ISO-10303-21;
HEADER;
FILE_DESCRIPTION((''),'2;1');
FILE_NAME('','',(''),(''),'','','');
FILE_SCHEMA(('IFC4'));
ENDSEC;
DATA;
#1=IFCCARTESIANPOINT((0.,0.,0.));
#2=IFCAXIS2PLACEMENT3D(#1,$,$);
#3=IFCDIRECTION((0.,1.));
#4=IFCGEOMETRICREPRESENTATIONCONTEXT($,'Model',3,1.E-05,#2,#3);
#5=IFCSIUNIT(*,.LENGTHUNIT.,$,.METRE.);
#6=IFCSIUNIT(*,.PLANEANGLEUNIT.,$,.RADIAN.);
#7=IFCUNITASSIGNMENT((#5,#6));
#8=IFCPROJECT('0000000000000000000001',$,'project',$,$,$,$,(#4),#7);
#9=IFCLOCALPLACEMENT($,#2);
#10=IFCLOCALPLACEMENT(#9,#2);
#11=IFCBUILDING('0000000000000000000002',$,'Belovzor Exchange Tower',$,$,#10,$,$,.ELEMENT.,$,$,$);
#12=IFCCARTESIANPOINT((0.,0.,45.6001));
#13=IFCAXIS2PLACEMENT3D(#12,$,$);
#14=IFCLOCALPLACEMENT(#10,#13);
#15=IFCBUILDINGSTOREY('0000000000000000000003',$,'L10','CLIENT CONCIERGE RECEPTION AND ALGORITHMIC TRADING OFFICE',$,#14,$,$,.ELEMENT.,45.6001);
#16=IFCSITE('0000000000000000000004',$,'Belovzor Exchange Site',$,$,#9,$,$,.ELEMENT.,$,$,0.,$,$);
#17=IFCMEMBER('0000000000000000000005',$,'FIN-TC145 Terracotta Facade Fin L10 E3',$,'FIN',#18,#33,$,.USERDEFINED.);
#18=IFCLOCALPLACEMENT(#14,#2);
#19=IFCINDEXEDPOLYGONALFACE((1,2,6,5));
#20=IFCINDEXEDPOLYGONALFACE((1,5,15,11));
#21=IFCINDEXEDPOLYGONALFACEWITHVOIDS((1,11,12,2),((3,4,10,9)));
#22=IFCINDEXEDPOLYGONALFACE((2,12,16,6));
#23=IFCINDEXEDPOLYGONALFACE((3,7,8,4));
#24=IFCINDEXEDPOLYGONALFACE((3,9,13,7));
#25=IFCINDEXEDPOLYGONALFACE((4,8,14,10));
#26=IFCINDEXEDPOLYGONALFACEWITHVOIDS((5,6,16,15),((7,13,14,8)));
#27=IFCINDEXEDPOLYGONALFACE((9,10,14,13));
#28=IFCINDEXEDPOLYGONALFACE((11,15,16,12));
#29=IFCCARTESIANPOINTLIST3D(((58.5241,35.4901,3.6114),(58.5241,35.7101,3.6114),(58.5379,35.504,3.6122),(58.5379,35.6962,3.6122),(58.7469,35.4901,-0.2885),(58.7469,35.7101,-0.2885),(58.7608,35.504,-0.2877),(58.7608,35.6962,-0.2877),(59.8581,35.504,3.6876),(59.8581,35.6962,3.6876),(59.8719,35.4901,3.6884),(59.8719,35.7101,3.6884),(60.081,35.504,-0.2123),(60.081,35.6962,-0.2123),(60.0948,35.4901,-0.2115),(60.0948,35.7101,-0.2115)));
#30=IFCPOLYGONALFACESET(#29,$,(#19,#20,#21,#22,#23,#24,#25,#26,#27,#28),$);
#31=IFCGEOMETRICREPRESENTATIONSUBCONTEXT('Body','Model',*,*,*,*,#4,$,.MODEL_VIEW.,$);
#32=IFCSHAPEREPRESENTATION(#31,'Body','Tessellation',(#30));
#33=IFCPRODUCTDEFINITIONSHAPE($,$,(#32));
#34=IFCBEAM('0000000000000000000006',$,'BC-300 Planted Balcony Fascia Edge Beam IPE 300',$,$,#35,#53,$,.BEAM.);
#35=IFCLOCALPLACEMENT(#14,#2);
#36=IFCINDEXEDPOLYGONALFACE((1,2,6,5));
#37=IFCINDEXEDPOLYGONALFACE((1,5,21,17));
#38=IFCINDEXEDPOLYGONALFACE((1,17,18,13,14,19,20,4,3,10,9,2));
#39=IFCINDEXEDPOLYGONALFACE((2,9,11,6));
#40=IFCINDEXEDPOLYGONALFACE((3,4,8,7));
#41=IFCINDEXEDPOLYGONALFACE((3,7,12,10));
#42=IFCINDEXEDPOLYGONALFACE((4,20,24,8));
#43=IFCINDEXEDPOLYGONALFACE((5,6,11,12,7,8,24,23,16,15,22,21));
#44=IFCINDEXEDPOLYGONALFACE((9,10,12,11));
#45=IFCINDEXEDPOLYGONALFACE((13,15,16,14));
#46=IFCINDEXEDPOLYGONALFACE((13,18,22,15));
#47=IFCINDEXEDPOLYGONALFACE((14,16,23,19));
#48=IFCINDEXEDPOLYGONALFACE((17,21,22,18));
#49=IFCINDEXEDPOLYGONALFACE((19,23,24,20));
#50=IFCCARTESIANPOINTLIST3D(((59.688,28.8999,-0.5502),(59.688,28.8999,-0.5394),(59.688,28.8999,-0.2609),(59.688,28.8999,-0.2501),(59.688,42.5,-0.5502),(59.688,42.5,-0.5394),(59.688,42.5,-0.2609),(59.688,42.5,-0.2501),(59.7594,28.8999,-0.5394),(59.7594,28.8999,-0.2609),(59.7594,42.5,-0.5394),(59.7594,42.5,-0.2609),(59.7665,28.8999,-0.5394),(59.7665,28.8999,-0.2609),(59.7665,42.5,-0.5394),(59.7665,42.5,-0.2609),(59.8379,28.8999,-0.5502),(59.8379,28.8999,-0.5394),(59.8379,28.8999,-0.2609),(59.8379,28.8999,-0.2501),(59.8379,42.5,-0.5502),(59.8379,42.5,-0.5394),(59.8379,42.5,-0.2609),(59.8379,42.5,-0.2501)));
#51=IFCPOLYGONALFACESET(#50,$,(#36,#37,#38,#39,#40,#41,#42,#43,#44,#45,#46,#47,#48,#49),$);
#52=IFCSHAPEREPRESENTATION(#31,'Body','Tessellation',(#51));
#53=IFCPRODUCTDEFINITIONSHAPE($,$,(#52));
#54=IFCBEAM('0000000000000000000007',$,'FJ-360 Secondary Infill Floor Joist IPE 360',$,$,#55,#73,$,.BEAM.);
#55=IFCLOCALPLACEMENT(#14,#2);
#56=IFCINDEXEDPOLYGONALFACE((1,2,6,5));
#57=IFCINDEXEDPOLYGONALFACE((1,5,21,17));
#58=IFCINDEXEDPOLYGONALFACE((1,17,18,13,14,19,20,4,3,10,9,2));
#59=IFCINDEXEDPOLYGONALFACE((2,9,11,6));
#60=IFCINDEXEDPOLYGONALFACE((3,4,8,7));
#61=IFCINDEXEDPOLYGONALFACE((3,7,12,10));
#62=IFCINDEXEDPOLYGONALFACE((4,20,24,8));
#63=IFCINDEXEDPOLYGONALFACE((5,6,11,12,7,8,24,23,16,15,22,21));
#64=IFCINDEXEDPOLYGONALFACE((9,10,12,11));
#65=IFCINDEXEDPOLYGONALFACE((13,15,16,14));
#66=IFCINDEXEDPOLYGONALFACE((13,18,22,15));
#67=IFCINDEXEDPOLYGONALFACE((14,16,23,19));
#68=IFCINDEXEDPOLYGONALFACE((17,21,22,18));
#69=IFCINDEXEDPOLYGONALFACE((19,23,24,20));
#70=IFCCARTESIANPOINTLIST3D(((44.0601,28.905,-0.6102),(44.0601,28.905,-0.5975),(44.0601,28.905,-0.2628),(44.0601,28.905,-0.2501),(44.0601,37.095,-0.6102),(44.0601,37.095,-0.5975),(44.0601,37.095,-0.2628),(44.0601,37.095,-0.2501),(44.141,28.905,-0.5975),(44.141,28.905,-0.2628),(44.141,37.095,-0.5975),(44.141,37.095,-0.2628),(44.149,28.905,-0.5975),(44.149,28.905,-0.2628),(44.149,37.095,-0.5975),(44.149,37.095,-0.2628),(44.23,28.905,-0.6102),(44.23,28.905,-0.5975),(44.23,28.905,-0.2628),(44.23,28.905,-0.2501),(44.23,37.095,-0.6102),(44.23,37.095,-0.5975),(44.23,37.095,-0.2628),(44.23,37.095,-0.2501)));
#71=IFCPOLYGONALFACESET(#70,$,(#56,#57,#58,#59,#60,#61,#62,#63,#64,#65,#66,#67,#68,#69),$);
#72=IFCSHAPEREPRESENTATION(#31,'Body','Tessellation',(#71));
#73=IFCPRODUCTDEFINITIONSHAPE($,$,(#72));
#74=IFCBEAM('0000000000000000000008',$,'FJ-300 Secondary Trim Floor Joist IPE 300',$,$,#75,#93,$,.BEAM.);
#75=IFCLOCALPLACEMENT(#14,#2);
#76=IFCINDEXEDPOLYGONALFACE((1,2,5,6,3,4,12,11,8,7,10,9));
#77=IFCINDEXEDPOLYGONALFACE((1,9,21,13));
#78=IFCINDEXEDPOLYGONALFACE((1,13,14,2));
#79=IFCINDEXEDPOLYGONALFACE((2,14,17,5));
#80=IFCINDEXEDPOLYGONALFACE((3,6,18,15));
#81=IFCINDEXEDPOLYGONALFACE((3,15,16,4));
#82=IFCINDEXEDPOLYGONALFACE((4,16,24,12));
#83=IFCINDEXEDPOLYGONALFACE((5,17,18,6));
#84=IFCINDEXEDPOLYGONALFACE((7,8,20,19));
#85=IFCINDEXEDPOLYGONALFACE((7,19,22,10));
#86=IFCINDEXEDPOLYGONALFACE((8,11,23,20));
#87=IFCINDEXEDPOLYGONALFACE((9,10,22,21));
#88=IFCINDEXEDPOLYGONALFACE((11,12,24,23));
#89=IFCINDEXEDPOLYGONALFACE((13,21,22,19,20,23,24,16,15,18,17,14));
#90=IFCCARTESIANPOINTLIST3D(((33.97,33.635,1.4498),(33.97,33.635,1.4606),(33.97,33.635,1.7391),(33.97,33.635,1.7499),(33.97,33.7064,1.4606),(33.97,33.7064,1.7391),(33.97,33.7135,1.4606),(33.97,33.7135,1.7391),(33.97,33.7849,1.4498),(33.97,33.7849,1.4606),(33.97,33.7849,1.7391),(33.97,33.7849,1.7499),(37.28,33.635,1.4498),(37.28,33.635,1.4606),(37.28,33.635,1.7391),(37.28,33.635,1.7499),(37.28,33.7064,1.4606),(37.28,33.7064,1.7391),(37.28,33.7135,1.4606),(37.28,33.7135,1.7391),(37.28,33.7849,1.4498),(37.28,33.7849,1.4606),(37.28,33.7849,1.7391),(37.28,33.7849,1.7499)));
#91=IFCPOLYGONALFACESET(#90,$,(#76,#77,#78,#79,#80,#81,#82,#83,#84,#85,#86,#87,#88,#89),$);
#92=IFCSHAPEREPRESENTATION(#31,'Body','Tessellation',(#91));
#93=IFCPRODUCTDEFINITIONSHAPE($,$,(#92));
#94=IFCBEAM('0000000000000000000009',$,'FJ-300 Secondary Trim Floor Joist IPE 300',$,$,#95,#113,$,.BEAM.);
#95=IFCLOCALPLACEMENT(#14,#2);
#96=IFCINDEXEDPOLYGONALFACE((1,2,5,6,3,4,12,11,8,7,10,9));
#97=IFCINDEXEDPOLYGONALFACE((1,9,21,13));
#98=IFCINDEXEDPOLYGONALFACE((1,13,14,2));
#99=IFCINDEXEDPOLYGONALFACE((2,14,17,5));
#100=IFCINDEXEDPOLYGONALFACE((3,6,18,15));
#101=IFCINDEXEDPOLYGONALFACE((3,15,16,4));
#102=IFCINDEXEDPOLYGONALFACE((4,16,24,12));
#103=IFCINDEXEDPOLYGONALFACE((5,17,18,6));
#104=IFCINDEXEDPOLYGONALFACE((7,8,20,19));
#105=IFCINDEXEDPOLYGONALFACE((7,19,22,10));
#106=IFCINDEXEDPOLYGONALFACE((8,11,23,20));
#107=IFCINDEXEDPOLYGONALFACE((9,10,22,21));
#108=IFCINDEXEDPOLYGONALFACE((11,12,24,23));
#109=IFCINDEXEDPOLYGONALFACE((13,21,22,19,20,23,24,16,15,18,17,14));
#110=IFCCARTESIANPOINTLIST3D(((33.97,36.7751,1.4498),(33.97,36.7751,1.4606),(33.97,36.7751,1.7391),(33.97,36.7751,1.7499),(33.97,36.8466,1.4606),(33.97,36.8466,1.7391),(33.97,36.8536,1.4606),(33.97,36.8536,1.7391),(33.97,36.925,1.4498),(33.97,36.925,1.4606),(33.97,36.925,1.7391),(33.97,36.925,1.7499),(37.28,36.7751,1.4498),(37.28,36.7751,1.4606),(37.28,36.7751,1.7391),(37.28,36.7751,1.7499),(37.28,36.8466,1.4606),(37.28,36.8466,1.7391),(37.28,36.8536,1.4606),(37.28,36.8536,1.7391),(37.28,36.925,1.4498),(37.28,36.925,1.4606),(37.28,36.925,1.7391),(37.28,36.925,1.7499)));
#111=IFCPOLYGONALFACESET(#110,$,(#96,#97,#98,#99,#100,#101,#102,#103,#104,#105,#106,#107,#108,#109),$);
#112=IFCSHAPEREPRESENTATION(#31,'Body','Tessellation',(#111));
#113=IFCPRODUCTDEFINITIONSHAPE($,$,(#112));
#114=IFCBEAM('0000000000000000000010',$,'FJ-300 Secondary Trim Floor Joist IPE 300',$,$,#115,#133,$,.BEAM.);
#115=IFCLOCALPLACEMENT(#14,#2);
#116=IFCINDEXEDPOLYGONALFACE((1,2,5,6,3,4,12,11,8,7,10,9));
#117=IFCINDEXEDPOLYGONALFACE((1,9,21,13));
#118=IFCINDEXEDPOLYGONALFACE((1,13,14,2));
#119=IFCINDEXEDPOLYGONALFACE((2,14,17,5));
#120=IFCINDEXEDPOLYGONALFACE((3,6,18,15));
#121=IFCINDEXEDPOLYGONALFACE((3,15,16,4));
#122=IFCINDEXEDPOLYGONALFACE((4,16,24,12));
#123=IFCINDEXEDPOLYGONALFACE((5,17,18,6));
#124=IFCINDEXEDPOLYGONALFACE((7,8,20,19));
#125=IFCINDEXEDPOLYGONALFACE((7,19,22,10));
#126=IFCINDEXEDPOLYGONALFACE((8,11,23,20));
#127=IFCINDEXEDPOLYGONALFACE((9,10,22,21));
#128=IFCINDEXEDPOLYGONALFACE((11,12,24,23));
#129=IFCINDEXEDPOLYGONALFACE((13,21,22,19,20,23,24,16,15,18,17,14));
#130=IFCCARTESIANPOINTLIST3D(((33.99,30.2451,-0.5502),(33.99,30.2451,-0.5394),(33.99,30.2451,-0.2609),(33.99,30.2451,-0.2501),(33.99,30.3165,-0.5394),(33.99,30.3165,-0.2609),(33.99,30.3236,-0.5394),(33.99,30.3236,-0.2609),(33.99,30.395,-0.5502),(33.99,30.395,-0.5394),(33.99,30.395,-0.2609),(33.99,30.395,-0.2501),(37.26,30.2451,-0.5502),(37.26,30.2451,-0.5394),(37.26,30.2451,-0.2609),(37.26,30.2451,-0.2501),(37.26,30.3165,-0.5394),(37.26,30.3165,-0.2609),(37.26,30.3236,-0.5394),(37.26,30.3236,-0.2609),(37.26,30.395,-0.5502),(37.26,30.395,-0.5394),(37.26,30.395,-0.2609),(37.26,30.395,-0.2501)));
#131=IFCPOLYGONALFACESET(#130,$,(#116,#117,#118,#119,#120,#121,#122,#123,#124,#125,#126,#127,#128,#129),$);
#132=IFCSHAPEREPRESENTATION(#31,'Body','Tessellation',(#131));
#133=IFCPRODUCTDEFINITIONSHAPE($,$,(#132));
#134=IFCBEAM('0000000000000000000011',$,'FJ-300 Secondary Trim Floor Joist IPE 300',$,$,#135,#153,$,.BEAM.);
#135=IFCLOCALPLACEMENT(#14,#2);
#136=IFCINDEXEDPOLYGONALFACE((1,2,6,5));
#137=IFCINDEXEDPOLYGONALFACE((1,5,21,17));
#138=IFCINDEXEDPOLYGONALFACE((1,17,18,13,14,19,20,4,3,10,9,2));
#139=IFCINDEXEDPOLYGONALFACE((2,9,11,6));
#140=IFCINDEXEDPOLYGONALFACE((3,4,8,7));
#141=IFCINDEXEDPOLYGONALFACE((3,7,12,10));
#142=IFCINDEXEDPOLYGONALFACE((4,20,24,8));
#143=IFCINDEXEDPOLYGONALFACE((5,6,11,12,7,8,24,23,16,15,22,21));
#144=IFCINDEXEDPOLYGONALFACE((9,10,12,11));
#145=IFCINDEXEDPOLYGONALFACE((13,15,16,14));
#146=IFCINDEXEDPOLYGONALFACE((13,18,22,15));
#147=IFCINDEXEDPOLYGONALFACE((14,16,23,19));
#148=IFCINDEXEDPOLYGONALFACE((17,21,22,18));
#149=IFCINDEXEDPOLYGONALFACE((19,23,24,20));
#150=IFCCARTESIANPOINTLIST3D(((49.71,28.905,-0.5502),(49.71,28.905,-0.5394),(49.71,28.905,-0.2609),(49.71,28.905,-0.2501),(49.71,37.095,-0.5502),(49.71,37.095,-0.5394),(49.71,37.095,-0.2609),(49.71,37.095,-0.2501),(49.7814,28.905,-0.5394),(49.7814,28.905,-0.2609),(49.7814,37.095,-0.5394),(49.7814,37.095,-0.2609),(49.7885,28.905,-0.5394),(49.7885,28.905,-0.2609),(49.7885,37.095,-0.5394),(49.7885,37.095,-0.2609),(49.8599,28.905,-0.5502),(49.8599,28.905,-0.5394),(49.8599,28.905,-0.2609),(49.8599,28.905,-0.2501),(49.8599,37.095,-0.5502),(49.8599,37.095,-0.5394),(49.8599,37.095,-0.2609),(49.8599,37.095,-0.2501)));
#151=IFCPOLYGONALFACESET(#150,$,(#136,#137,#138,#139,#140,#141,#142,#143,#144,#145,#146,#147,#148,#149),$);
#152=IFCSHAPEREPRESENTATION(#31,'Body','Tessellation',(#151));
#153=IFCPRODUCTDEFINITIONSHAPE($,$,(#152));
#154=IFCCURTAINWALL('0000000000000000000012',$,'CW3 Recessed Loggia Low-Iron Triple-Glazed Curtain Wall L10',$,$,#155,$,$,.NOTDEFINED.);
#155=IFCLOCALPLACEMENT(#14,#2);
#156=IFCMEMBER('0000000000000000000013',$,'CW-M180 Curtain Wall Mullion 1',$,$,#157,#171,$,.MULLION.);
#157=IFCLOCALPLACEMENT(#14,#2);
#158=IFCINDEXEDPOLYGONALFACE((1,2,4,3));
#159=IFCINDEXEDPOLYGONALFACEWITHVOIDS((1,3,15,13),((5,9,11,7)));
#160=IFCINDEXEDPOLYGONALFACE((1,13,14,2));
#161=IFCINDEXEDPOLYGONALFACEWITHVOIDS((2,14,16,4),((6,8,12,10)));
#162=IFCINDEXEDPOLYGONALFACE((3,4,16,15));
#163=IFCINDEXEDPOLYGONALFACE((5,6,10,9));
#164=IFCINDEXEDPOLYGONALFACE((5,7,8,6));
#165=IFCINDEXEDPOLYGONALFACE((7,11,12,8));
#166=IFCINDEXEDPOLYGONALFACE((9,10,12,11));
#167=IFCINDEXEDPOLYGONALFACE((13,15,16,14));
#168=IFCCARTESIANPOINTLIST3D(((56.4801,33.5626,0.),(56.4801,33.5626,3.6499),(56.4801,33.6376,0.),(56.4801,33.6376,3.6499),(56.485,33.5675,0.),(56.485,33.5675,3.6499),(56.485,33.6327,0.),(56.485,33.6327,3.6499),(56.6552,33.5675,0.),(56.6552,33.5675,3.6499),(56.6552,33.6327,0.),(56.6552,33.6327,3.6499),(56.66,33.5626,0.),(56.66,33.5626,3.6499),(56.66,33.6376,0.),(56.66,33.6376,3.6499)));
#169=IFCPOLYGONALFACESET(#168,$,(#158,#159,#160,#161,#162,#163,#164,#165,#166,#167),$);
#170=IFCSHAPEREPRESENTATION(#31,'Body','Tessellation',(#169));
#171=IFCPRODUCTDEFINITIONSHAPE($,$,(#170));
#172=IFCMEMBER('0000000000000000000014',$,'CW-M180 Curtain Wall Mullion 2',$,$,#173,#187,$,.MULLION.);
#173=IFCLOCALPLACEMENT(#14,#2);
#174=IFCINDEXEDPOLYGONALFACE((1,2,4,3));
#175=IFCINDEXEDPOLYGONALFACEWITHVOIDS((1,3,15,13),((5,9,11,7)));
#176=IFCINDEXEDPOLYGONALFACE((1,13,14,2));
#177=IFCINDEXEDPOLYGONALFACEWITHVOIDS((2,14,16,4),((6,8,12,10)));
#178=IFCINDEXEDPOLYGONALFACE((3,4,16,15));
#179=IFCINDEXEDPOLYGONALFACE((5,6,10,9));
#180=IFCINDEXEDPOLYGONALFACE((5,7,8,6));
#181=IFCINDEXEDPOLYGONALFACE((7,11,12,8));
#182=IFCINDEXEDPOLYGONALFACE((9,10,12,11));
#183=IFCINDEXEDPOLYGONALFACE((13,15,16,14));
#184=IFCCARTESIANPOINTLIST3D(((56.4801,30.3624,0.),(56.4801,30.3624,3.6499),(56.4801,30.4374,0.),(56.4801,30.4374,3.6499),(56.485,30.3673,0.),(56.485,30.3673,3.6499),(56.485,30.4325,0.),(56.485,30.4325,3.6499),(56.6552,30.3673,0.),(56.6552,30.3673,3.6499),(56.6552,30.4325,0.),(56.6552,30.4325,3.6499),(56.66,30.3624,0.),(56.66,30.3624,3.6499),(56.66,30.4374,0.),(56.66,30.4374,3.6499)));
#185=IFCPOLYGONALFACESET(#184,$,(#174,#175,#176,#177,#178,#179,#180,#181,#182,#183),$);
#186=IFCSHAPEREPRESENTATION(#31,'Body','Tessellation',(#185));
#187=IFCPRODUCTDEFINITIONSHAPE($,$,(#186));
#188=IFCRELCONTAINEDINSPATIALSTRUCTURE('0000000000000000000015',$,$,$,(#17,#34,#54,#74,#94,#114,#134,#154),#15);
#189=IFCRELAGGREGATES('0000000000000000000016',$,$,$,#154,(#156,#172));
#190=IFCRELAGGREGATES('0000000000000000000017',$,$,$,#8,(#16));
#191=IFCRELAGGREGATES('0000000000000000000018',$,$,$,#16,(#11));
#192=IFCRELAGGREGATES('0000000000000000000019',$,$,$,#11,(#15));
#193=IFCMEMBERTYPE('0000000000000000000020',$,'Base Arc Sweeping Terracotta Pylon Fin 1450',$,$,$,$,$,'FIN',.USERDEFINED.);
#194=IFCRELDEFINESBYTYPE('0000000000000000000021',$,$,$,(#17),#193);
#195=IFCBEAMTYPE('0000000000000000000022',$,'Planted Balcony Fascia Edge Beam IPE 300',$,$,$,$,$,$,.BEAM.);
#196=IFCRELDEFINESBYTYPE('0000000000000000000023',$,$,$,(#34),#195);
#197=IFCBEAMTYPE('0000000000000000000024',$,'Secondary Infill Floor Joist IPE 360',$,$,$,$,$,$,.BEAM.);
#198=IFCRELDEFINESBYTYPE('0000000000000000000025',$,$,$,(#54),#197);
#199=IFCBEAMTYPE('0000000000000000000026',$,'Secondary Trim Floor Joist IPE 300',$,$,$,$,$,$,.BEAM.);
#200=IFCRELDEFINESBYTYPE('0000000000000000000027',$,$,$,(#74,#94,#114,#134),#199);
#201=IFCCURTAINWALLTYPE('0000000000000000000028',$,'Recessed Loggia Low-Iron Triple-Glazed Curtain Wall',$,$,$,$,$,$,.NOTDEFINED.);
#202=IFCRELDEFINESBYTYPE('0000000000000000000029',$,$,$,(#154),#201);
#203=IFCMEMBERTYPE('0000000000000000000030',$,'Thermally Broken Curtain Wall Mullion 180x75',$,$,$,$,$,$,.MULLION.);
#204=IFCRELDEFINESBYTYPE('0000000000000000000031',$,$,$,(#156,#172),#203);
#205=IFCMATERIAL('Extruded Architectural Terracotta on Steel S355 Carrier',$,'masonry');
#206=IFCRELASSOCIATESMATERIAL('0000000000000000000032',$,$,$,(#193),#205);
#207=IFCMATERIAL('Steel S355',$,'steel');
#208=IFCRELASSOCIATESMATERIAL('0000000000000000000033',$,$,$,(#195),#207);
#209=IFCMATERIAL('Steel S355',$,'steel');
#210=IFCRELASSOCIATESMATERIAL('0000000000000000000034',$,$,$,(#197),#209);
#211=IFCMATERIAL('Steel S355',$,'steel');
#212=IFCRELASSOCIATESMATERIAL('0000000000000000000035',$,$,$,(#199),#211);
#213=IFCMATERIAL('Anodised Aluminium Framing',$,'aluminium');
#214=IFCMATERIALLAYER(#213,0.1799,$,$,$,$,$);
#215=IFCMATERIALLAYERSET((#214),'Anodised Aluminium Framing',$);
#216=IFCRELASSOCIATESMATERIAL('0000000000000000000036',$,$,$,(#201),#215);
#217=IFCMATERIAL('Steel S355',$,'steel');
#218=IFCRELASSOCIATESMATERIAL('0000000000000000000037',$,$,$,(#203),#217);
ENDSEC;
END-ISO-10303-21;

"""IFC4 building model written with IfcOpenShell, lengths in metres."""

from ifc_helpers import new_model, si_unit, direction, frame, origin, origin_2d, place, context, subcontext, project, spatial, hollow_rectangle, i_section, extrude, material, layer, layer_set, material_profile, profile_set, type_object, element, aggregate, save


model = new_model("IFC4")

# Units and contexts
model_context = context("Model", 3, precision=1e-05, world=origin(), true_north=direction((0.0, 1.0)))
body_context = subcontext(model_context, "Body", "Model", "MODEL_VIEW")
ifc_project = project(units=[si_unit("LENGTHUNIT", "METRE"), si_unit("PLANEANGLEUNIT", "RADIAN")], contexts=[model_context])

# Site, building, storey
site_placement = place(None, origin())
site = spatial("IfcSite", under=ifc_project, at=site_placement, Name="Belovzor Exchange Site", CompositionType="ELEMENT", RefElevation=0.0)
building_placement = place(site_placement, origin())
building = spatial("IfcBuilding", under=site, at=building_placement, Name="Belovzor Exchange Tower", CompositionType="ELEMENT")
storey_placement = place(building_placement, frame((0.0, 0.0, 45.6001)))
storey = spatial("IfcBuildingStorey", under=building, at=storey_placement, Name="L10", Description="CLIENT CONCIERGE RECEPTION AND ALGORITHMIC TRADING OFFICE", CompositionType="ELEMENT", Elevation=45.6001)

# Member
ifc_material_1 = material(Name="Extruded Architectural Terracotta on Steel S355 Carrier", Category="masonry")
ifc_material_profile_1 = material_profile(ifc_material_1, hollow_rectangle(XDim=0.22, YDim=1.3501, WallThickness=0.0139, at=origin_2d()))
ifc_profile_set_1 = profile_set([ifc_material_profile_1], Name="Extruded Architectural Terracotta on Steel S355 Carrier")
member_type_1 = type_object("IfcMemberType", Name="Base Arc Sweeping Terracotta Pylon Fin 1450", ElementType="FIN", PredefinedType="USERDEFINED", material=ifc_profile_set_1)
member_1_placement = place(storey_placement, frame((59.4209, 35.6001, -0.25), z_axis=(-0.057062, 0.0, 0.998371), x_axis=(0.0, -1.0, 0.0)))
element("IfcMember", 1, at=member_1_placement, inside=storey, type_object=member_type_1, Name="FIN-TC145 Terracotta Facade Fin L10 E3", ObjectType="FIN", PredefinedType="USERDEFINED", context=body_context, shape_type="SweptSolid", body=[
    extrude(hollow_rectangle(XDim=0.22, YDim=1.3501, WallThickness=0.0139, at=origin_2d()), origin(), (0.0, 0.0, 1.0), 3.9062),
])

# Beams
ifc_material_2 = material(Name="Steel S355", Category="steel")
ifc_material_profile_2 = material_profile(ifc_material_2, i_section(OverallWidth=0.1499, OverallDepth=0.3, WebThickness=0.0071, FlangeThickness=0.0107, at=origin_2d()))
ifc_profile_set_2 = profile_set([ifc_material_profile_2], Name="Steel S355")
beam_type_1 = type_object("IfcBeamType", Name="Planted Balcony Fascia Edge Beam IPE 300", PredefinedType="BEAM", material=ifc_profile_set_2)
beam_1_placement = place(storey_placement, frame((59.7629, 28.8999, -0.4001), z_axis=(0.0, 1.0, 0.0), x_axis=(-1.0, 0.0, 0.0)))
element("IfcBeam", 2, at=beam_1_placement, inside=storey, type_object=beam_type_1, Name="BC-300 Planted Balcony Fascia Edge Beam IPE 300", PredefinedType="BEAM", context=body_context, shape_type="SweptSolid", body=[
    extrude(i_section(OverallWidth=0.1499, OverallDepth=0.3, WebThickness=0.0071, FlangeThickness=0.0107, at=origin_2d()), origin(), (0.0, 0.0, 1.0), 13.6001),
])
ifc_material_3 = material(Name="Steel S355", Category="steel")
ifc_material_profile_3 = material_profile(ifc_material_3, i_section(OverallWidth=0.1699, OverallDepth=0.3601, WebThickness=0.0081, FlangeThickness=0.0127, at=origin_2d()))
ifc_profile_set_3 = profile_set([ifc_material_profile_3], Name="Steel S355")
beam_type_2 = type_object("IfcBeamType", Name="Secondary Infill Floor Joist IPE 360", PredefinedType="BEAM", material=ifc_profile_set_3)
beam_2_placement = place(storey_placement, frame((44.145, 28.905, -0.4302), z_axis=(0.0, 1.0, 0.0), x_axis=(-1.0, 0.0, 0.0)))
element("IfcBeam", 3, at=beam_2_placement, inside=storey, type_object=beam_type_2, Name="FJ-360 Secondary Infill Floor Joist IPE 360", PredefinedType="BEAM", context=body_context, shape_type="SweptSolid", body=[
    extrude(i_section(OverallWidth=0.1699, OverallDepth=0.3601, WebThickness=0.0081, FlangeThickness=0.0127, at=origin_2d()), origin(), (0.0, 0.0, 1.0), 8.1899),
])
ifc_material_4 = material(Name="Steel S355", Category="steel")
ifc_material_profile_4 = material_profile(ifc_material_4, i_section(OverallWidth=0.1499, OverallDepth=0.3, WebThickness=0.0071, FlangeThickness=0.0107, at=origin_2d()))
ifc_profile_set_4 = profile_set([ifc_material_profile_4], Name="Steel S355")
beam_type_3 = type_object("IfcBeamType", Name="Secondary Trim Floor Joist IPE 300", PredefinedType="BEAM", material=ifc_profile_set_4)
for number, where, z_axis, x_axis, name in (
    (4, (37.28, 33.71, 1.5999), (-1.0, 0.0, 0.0), (0.0, -1.0, 0.0), "FJ-300 Secondary Trim Floor Joist IPE 300"),
    (5, (37.28, 36.8501, 1.5999), (-1.0, 0.0, 0.0), (0.0, -1.0, 0.0), "FJ-300 Secondary Trim Floor Joist IPE 300"),
):
    element("IfcBeam", number, at=place(storey_placement, frame(where, z_axis=z_axis, x_axis=x_axis)), inside=storey, type_object=beam_type_3, Name=name, PredefinedType="BEAM", context=body_context, shape_type="SweptSolid", body=[
        extrude(i_section(OverallWidth=0.1499, OverallDepth=0.3, WebThickness=0.0071, FlangeThickness=0.0107, at=origin_2d()), origin(), (0.0, 0.0, 1.0), 3.3101),
    ])
beam_3_placement = place(storey_placement, frame((37.26, 30.3201, -0.4001), z_axis=(-1.0, 0.0, 0.0), x_axis=(0.0, -1.0, 0.0)))
element("IfcBeam", 6, at=beam_3_placement, inside=storey, type_object=beam_type_3, Name="FJ-300 Secondary Trim Floor Joist IPE 300", PredefinedType="BEAM", context=body_context, shape_type="SweptSolid", body=[
    extrude(i_section(OverallWidth=0.1499, OverallDepth=0.3, WebThickness=0.0071, FlangeThickness=0.0107, at=origin_2d()), origin(), (0.0, 0.0, 1.0), 3.27),
])
beam_4_placement = place(storey_placement, frame((49.7849, 28.905, -0.4001), z_axis=(0.0, 1.0, 0.0), x_axis=(-1.0, 0.0, 0.0)))
element("IfcBeam", 7, at=beam_4_placement, inside=storey, type_object=beam_type_3, Name="FJ-300 Secondary Trim Floor Joist IPE 300", PredefinedType="BEAM", context=body_context, shape_type="SweptSolid", body=[
    extrude(i_section(OverallWidth=0.1499, OverallDepth=0.3, WebThickness=0.0071, FlangeThickness=0.0107, at=origin_2d()), origin(), (0.0, 0.0, 1.0), 8.1899),
])

# Curtain wall, members
ifc_material_5 = material(Name="Anodised Aluminium Framing", Category="aluminium")
ifc_layer_1 = layer(ifc_material_5, 0.1799)
ifc_layer_set_1 = layer_set([ifc_layer_1], Name="Anodised Aluminium Framing")
curtain_wall_type = type_object("IfcCurtainWallType", Name="Recessed Loggia Low-Iron Triple-Glazed Curtain Wall", PredefinedType="NOTDEFINED", material=ifc_layer_set_1)
curtain_wall_placement = place(storey_placement, origin())
curtain_wall = element("IfcCurtainWall", 8, at=curtain_wall_placement, inside=storey, type_object=curtain_wall_type, Name="CW3 Recessed Loggia Low-Iron Triple-Glazed Curtain Wall L10", PredefinedType="NOTDEFINED")
ifc_material_6 = material(Name="Steel S355", Category="steel")
ifc_material_profile_5 = material_profile(ifc_material_6, hollow_rectangle(XDim=0.075, YDim=0.1799, WallThickness=0.0049, at=origin_2d()))
ifc_profile_set_5 = profile_set([ifc_material_profile_5], Name="Steel S355")
member_type_2 = type_object("IfcMemberType", Name="Thermally Broken Curtain Wall Mullion 180x75", PredefinedType="MULLION", material=ifc_profile_set_5)
member_2_placement = place(storey_placement, frame((56.5701, 33.6001, 0.0), z_axis=(0.0, 0.0, 1.0), x_axis=(0.0, -1.0, 0.0)))
member_2 = element("IfcMember", 9, at=member_2_placement, type_object=member_type_2, Name="CW-M180 Curtain Wall Mullion 1", PredefinedType="MULLION", context=body_context, shape_type="SweptSolid", body=[
    extrude(hollow_rectangle(XDim=0.075, YDim=0.1799, WallThickness=0.0049, at=origin_2d()), origin(), (0.0, 0.0, 1.0), 3.6499),
])
member_3_placement = place(storey_placement, frame((56.5701, 30.3999, 0.0), z_axis=(0.0, 0.0, 1.0), x_axis=(0.0, -1.0, 0.0)))
member_3 = element("IfcMember", 10, at=member_3_placement, type_object=member_type_2, Name="CW-M180 Curtain Wall Mullion 2", PredefinedType="MULLION", context=body_context, shape_type="SweptSolid", body=[
    extrude(hollow_rectangle(XDim=0.075, YDim=0.1799, WallThickness=0.0049, at=origin_2d()), origin(), (0.0, 0.0, 1.0), 3.6499),
])

aggregate(curtain_wall, [member_2, member_3])

save(model, "model.ifc")
